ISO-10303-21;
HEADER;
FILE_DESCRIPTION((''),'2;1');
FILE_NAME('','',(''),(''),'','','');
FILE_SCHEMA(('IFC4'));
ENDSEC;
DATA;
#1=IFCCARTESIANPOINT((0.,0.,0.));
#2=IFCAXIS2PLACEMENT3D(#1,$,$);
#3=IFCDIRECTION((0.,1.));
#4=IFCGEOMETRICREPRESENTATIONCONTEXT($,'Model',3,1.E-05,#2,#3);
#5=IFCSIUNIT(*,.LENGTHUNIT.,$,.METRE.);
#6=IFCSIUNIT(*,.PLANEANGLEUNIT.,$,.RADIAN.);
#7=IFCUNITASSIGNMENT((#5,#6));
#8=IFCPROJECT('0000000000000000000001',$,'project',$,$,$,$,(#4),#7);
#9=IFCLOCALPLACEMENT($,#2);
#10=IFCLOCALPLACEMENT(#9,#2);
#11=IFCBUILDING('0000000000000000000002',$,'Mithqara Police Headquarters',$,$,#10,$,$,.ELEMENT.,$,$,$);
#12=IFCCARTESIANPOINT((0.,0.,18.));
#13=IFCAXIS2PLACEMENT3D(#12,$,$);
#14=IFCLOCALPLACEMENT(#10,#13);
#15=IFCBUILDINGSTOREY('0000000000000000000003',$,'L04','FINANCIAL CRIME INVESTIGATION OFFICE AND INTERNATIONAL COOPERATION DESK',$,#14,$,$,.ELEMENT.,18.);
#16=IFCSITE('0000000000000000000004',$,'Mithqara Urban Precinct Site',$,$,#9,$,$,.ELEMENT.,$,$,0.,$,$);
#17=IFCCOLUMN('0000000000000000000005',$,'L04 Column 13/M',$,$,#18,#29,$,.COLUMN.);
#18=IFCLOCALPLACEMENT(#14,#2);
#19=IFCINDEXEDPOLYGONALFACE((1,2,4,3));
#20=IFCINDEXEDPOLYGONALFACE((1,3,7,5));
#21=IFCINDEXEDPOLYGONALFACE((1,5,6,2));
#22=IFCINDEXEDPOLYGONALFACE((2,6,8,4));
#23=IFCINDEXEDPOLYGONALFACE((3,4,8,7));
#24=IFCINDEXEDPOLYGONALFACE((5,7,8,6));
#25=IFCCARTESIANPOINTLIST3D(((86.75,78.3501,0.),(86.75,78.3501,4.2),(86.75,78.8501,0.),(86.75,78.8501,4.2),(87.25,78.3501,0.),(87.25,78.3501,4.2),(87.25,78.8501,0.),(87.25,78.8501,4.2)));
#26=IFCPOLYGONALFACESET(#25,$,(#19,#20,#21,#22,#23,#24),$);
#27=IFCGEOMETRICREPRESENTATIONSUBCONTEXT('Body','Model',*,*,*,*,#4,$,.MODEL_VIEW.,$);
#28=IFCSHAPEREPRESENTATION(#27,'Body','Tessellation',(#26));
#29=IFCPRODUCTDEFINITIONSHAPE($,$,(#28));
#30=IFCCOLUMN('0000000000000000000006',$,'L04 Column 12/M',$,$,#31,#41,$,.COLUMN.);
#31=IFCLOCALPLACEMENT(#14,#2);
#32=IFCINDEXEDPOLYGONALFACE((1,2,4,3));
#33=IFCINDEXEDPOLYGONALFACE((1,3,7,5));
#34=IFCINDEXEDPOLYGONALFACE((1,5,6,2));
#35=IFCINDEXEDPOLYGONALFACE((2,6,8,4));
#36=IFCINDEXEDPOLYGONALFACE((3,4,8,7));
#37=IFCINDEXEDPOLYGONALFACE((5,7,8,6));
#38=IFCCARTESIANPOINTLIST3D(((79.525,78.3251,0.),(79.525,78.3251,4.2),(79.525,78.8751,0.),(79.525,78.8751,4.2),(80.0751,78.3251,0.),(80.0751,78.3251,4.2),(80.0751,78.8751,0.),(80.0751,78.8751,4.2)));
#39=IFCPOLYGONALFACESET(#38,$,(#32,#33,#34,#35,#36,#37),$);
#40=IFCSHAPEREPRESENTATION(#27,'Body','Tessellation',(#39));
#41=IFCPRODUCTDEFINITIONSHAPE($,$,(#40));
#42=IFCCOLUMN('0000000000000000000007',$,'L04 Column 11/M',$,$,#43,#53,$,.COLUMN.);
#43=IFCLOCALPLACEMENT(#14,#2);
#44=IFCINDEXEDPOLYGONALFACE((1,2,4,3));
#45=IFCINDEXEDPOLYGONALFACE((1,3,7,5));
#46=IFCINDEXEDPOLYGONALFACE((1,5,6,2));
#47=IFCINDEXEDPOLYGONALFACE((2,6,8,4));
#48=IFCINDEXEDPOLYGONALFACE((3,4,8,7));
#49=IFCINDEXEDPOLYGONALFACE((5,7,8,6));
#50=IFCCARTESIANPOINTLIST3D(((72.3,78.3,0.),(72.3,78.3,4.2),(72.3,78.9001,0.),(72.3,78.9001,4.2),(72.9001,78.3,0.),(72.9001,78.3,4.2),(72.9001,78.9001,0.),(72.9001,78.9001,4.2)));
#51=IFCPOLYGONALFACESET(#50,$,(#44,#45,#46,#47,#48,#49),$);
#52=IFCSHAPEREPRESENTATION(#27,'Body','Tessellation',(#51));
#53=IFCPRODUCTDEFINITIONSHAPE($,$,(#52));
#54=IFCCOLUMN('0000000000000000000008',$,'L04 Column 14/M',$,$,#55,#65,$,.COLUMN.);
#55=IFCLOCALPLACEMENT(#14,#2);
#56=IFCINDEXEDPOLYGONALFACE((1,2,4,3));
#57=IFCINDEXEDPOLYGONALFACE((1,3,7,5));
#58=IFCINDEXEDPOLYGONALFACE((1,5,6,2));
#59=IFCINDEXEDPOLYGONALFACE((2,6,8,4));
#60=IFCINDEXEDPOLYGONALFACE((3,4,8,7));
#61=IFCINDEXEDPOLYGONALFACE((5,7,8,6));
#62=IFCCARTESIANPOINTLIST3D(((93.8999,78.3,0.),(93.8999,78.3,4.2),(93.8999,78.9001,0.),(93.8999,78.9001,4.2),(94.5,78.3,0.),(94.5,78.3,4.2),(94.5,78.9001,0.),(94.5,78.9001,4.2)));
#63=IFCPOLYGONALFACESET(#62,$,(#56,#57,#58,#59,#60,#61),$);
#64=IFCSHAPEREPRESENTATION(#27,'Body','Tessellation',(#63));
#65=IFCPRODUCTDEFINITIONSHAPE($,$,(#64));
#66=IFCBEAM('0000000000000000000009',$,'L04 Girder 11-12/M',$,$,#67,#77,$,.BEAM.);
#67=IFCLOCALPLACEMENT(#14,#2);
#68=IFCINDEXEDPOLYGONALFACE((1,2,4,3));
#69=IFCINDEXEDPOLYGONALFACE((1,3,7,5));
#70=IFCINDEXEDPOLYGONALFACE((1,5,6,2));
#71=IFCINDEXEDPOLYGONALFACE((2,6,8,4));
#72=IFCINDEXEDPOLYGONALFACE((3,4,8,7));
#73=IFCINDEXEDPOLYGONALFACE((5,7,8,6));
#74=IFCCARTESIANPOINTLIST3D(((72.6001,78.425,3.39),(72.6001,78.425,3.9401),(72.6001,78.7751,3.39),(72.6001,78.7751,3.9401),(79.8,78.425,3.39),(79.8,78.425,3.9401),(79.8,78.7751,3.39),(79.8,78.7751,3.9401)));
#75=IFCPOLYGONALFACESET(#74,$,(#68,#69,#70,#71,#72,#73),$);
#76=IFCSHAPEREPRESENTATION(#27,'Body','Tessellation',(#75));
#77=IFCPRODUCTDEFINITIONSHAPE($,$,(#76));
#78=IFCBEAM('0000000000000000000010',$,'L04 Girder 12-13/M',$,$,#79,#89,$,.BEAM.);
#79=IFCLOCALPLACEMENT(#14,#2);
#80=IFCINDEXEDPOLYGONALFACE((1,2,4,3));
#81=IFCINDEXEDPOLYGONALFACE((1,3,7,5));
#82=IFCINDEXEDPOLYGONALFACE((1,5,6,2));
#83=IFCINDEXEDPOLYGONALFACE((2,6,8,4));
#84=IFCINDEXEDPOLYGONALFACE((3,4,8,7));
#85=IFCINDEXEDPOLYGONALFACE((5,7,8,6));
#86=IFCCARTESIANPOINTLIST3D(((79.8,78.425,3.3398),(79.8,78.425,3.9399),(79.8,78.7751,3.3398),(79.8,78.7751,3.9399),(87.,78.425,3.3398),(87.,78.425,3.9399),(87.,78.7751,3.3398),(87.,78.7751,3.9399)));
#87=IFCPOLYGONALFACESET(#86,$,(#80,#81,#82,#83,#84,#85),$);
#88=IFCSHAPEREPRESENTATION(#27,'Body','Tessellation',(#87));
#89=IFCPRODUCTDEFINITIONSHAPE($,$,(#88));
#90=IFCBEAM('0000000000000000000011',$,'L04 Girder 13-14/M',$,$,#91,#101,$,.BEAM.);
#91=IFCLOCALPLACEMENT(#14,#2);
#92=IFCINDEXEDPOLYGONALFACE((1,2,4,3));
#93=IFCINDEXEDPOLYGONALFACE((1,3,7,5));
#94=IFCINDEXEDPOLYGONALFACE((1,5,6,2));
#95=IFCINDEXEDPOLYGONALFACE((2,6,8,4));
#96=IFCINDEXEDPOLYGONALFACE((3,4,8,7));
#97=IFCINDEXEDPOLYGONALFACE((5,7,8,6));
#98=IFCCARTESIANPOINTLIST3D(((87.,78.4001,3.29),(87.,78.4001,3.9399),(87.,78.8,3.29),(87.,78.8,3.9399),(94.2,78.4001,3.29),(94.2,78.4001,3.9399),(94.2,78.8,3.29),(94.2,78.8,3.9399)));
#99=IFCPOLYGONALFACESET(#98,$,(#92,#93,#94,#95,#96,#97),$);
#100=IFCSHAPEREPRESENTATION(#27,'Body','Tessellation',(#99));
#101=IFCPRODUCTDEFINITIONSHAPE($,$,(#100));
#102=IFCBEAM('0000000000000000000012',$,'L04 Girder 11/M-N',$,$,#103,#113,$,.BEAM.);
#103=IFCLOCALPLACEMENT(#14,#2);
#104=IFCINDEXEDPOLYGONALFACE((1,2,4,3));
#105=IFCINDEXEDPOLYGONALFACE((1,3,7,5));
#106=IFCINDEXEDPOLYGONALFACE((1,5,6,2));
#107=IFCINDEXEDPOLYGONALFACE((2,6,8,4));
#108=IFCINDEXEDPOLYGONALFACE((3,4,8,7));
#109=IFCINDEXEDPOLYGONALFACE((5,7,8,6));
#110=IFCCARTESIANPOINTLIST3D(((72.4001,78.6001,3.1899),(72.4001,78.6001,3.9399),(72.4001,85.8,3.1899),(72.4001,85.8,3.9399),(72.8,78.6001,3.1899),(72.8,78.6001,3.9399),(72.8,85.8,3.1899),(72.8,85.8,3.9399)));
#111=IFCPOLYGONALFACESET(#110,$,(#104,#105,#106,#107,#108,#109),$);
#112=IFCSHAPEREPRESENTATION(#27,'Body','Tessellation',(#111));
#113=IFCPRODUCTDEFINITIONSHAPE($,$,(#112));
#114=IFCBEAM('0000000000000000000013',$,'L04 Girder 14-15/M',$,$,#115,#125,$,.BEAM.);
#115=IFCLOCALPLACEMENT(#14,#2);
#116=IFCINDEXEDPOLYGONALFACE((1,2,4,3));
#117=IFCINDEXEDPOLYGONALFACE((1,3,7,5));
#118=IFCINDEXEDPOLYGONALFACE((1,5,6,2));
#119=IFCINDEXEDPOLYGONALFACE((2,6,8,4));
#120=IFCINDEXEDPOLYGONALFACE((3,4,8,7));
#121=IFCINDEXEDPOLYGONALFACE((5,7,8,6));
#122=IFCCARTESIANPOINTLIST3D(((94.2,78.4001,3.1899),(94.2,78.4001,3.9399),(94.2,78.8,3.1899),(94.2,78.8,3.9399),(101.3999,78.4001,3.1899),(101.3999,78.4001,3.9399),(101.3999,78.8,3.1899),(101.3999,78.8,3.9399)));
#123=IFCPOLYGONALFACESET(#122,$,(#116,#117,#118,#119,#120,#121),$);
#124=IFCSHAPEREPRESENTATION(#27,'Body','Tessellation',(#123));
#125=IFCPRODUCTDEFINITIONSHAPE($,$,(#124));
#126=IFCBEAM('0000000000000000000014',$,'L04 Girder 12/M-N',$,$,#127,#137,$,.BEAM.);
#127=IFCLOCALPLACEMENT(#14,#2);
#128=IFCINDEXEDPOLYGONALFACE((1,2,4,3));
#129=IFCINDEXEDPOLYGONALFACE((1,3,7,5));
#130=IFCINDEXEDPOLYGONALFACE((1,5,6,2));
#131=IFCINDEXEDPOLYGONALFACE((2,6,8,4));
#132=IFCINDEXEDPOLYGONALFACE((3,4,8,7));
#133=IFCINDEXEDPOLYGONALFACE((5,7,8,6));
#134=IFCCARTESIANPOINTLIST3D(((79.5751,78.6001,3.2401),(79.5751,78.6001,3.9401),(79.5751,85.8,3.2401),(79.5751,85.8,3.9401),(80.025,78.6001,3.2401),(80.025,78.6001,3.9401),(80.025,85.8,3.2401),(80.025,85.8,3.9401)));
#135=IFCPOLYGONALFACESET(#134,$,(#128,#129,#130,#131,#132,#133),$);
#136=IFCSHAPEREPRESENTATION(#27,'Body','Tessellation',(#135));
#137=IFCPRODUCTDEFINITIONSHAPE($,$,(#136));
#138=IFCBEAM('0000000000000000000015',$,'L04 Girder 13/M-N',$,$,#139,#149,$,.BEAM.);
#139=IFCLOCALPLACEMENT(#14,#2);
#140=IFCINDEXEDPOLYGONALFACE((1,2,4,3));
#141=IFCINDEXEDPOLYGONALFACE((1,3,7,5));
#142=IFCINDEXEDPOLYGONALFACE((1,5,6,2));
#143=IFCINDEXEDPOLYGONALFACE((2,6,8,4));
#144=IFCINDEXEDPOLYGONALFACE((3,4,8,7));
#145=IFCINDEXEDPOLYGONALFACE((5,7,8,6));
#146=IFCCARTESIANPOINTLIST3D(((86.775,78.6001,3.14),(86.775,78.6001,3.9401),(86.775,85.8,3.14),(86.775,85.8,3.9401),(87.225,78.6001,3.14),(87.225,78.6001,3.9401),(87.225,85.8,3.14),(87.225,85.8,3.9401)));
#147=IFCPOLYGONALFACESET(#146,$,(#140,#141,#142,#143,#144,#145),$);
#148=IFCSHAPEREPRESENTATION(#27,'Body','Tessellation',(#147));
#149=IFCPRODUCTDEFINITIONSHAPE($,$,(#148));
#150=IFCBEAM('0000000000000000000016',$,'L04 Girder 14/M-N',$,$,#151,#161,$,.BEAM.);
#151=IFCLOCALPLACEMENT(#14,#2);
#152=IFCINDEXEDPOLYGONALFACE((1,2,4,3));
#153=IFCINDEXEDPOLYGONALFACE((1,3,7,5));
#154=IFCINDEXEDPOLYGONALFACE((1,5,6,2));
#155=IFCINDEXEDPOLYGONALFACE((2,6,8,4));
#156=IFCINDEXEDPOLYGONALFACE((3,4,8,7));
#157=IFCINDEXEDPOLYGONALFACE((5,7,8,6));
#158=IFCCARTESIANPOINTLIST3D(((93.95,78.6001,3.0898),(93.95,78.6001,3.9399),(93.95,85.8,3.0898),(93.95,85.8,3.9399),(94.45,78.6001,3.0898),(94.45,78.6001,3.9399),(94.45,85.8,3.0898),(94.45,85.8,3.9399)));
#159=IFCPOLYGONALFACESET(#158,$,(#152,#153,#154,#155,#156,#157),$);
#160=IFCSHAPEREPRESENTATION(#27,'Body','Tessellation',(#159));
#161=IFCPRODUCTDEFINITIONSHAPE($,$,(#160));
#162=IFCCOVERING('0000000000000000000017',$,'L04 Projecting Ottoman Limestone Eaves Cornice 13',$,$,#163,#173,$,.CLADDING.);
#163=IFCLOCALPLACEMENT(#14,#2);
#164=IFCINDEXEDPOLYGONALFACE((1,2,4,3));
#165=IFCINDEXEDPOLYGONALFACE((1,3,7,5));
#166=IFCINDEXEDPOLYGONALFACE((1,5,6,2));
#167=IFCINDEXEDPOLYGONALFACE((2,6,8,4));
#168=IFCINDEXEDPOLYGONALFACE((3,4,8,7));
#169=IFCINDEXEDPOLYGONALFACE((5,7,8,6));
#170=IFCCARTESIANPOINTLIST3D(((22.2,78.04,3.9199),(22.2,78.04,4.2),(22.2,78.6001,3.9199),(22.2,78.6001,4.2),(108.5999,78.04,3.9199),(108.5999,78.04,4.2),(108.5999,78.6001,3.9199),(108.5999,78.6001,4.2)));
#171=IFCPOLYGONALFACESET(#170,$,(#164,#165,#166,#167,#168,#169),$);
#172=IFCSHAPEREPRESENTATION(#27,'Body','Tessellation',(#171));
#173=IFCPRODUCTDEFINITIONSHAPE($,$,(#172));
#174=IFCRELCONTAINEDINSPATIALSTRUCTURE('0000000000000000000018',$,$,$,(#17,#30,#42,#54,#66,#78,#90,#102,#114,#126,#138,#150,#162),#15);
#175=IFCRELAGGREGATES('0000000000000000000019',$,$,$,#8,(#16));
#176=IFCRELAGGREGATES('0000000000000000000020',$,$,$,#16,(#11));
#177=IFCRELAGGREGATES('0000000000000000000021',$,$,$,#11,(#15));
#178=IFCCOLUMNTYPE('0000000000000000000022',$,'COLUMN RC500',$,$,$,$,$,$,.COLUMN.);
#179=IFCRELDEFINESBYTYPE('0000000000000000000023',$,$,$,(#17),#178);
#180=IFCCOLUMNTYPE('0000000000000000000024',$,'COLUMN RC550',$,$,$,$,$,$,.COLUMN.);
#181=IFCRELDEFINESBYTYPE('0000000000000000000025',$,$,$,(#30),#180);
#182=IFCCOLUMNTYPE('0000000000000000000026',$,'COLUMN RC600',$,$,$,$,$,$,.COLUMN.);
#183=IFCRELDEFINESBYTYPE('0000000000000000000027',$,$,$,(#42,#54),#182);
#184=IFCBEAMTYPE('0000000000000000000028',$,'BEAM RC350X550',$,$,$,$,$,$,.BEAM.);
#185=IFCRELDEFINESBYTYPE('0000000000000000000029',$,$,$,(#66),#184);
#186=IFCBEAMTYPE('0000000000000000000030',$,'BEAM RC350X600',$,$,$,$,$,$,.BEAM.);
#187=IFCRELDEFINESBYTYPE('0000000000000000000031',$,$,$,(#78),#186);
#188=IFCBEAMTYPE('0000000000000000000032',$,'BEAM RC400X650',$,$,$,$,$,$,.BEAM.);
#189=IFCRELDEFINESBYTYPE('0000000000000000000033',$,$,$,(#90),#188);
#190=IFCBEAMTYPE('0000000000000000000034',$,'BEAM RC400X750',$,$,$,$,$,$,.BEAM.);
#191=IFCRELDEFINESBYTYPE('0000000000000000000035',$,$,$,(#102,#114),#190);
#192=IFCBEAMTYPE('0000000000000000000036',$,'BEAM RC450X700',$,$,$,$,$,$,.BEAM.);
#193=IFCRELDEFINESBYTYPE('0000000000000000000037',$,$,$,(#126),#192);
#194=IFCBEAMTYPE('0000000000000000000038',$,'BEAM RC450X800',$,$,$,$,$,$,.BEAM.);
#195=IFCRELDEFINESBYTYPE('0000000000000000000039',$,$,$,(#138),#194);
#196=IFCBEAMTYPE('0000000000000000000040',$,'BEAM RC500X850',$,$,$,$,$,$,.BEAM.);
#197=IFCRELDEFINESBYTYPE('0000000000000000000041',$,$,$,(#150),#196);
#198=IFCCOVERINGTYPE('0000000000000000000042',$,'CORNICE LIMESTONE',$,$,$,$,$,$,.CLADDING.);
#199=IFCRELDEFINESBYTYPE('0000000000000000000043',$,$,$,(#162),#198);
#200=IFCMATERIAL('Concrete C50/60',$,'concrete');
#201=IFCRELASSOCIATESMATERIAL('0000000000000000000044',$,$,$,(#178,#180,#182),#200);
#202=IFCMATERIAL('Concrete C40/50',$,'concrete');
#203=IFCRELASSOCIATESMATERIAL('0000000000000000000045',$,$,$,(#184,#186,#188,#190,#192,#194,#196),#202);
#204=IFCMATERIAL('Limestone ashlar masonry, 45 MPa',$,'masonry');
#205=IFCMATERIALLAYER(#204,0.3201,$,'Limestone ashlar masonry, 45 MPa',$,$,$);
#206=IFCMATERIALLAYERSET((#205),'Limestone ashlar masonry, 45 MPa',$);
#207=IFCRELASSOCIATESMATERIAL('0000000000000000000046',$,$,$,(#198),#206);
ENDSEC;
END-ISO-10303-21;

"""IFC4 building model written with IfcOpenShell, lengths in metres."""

from ifc_helpers import new_model, si_unit, direction, frame, origin, origin_2d, place, context, subcontext, project, spatial, rectangle, extrude, material, layer, layer_set, material_profile, profile_set, type_object, element, save


model = new_model("IFC4")

# Units and contexts
model_context = context("Model", 3, precision=1e-05, world=origin(), true_north=direction((0.0, 1.0)))
body_context = subcontext(model_context, "Body", "Model", "MODEL_VIEW")
ifc_project = project(units=[si_unit("LENGTHUNIT", "METRE"), si_unit("PLANEANGLEUNIT", "RADIAN")], contexts=[model_context])

# Site, building, storey
site_placement = place(None, origin())
site = spatial("IfcSite", under=ifc_project, at=site_placement, Name="Mithqara Urban Precinct Site", CompositionType="ELEMENT", RefElevation=0.0)
building_placement = place(site_placement, origin())
building = spatial("IfcBuilding", under=site, at=building_placement, Name="Mithqara Police Headquarters", CompositionType="ELEMENT")
storey_placement = place(building_placement, frame((0.0, 0.0, 18.0)))
storey = spatial("IfcBuildingStorey", under=building, at=storey_placement, Name="L04", Description="FINANCIAL CRIME INVESTIGATION OFFICE AND INTERNATIONAL COOPERATION DESK", CompositionType="ELEMENT", Elevation=18.0)

# Columns
ifc_material_1 = material(Name="Concrete C50/60", Category="concrete")
ifc_material_profile_1 = material_profile(ifc_material_1, rectangle(XDim=0.5, YDim=0.5, at=origin_2d()), Name="RC 500x500")
ifc_profile_set_1 = profile_set([ifc_material_profile_1], Name="Concrete C50/60")
column_type_1 = type_object("IfcColumnType", Name="COLUMN RC500", PredefinedType="COLUMN", material=ifc_profile_set_1)
column_1_placement = place(storey_placement, frame((87.0, 78.6001, 0.0), z_axis=(0.0, 0.0, 1.0), x_axis=(1.0, 0.0, 0.0)))
element("IfcColumn", 1, at=column_1_placement, inside=storey, type_object=column_type_1, Name="L04 Column 13/M", PredefinedType="COLUMN", context=body_context, shape_type="SweptSolid", body=[
    extrude(rectangle(XDim=0.5, YDim=0.5, at=origin_2d()), origin(), (0.0, 0.0, 1.0), 4.2),
])
ifc_material_profile_2 = material_profile(ifc_material_1, rectangle(XDim=0.55, YDim=0.55, at=origin_2d()), Name="RC 550x550")
ifc_profile_set_2 = profile_set([ifc_material_profile_2], Name="Concrete C50/60")
column_type_2 = type_object("IfcColumnType", Name="COLUMN RC550", PredefinedType="COLUMN", material=ifc_profile_set_2)
column_2_placement = place(storey_placement, frame((79.8, 78.6001, 0.0), z_axis=(0.0, 0.0, 1.0), x_axis=(1.0, 0.0, 0.0)))
element("IfcColumn", 2, at=column_2_placement, inside=storey, type_object=column_type_2, Name="L04 Column 12/M", PredefinedType="COLUMN", context=body_context, shape_type="SweptSolid", body=[
    extrude(rectangle(XDim=0.55, YDim=0.55, at=origin_2d()), origin(), (0.0, 0.0, 1.0), 4.2),
])
ifc_material_profile_3 = material_profile(ifc_material_1, rectangle(XDim=0.6001, YDim=0.6001, at=origin_2d()), Name="RC 600x600")
ifc_profile_set_3 = profile_set([ifc_material_profile_3], Name="Concrete C50/60")
column_type_3 = type_object("IfcColumnType", Name="COLUMN RC600", PredefinedType="COLUMN", material=ifc_profile_set_3)
for number, where, z_axis, x_axis, name in (
    (3, (72.6001, 78.6001, 0.0), (0.0, 0.0, 1.0), (1.0, 0.0, 0.0), "L04 Column 11/M"),
    (4, (94.2, 78.6001, 0.0), (0.0, 0.0, 1.0), (1.0, 0.0, 0.0), "L04 Column 14/M"),
):
    element("IfcColumn", number, at=place(storey_placement, frame(where, z_axis=z_axis, x_axis=x_axis)), inside=storey, type_object=column_type_3, Name=name, PredefinedType="COLUMN", context=body_context, shape_type="SweptSolid", body=[
        extrude(rectangle(XDim=0.6001, YDim=0.6001, at=origin_2d()), origin(), (0.0, 0.0, 1.0), 4.2),
    ])

# Beams
ifc_material_2 = material(Name="Concrete C40/50", Category="concrete")
ifc_material_profile_4 = material_profile(ifc_material_2, rectangle(XDim=0.3501, YDim=0.55, at=origin_2d()), Name="RC 350x550")
ifc_profile_set_4 = profile_set([ifc_material_profile_4], Name="Concrete C40/50")
beam_type_1 = type_object("IfcBeamType", Name="BEAM RC350X550", PredefinedType="BEAM", material=ifc_profile_set_4)
beam_1_placement = place(storey_placement, frame((72.6001, 78.6001, 3.665), z_axis=(1.0, 0.0, 0.0), x_axis=(0.0, 1.0, 0.0)))
element("IfcBeam", 5, at=beam_1_placement, inside=storey, type_object=beam_type_1, Name="L04 Girder 11-12/M", PredefinedType="BEAM", context=body_context, shape_type="SweptSolid", body=[
    extrude(rectangle(XDim=0.3501, YDim=0.55, at=origin_2d()), origin(), (0.0, 0.0, 1.0), 7.2),
])
ifc_material_profile_5 = material_profile(ifc_material_2, rectangle(XDim=0.3501, YDim=0.6001, at=origin_2d()), Name="RC 350x600")
ifc_profile_set_5 = profile_set([ifc_material_profile_5], Name="Concrete C40/50")
beam_type_2 = type_object("IfcBeamType", Name="BEAM RC350X600", PredefinedType="BEAM", material=ifc_profile_set_5)
beam_2_placement = place(storey_placement, frame((79.8, 78.6001, 3.6399), z_axis=(1.0, 0.0, 0.0), x_axis=(0.0, 1.0, 0.0)))
element("IfcBeam", 6, at=beam_2_placement, inside=storey, type_object=beam_type_2, Name="L04 Girder 12-13/M", PredefinedType="BEAM", context=body_context, shape_type="SweptSolid", body=[
    extrude(rectangle(XDim=0.3501, YDim=0.6001, at=origin_2d()), origin(), (0.0, 0.0, 1.0), 7.2),
])
ifc_material_profile_6 = material_profile(ifc_material_2, rectangle(XDim=0.3999, YDim=0.6499, at=origin_2d()), Name="RC 400x650")
ifc_profile_set_6 = profile_set([ifc_material_profile_6], Name="Concrete C40/50")
beam_type_3 = type_object("IfcBeamType", Name="BEAM RC400X650", PredefinedType="BEAM", material=ifc_profile_set_6)
beam_3_placement = place(storey_placement, frame((87.0, 78.6001, 3.615), z_axis=(1.0, 0.0, 0.0), x_axis=(0.0, 1.0, 0.0)))
element("IfcBeam", 7, at=beam_3_placement, inside=storey, type_object=beam_type_3, Name="L04 Girder 13-14/M", PredefinedType="BEAM", context=body_context, shape_type="SweptSolid", body=[
    extrude(rectangle(XDim=0.3999, YDim=0.6499, at=origin_2d()), origin(), (0.0, 0.0, 1.0), 7.2),
])
ifc_material_profile_7 = material_profile(ifc_material_2, rectangle(XDim=0.3999, YDim=0.75, at=origin_2d()), Name="RC 400x750")
ifc_profile_set_7 = profile_set([ifc_material_profile_7], Name="Concrete C40/50")
beam_type_4 = type_object("IfcBeamType", Name="BEAM RC400X750", PredefinedType="BEAM", material=ifc_profile_set_7)
for number, where, z_axis, x_axis, name in (
    (8, (72.6001, 78.6001, 3.5649), (0.0, 1.0, 0.0), (-1.0, 0.0, 0.0), "L04 Girder 11/M-N"),
    (9, (94.2, 78.6001, 3.5649), (1.0, 0.0, 0.0), (0.0, 1.0, 0.0), "L04 Girder 14-15/M"),
):
    element("IfcBeam", number, at=place(storey_placement, frame(where, z_axis=z_axis, x_axis=x_axis)), inside=storey, type_object=beam_type_4, Name=name, PredefinedType="BEAM", context=body_context, shape_type="SweptSolid", body=[
        extrude(rectangle(XDim=0.3999, YDim=0.75, at=origin_2d()), origin(), (0.0, 0.0, 1.0), 7.2),
    ])
ifc_material_profile_8 = material_profile(ifc_material_2, rectangle(XDim=0.45, YDim=0.7, at=origin_2d()), Name="RC 450x700")
ifc_profile_set_8 = profile_set([ifc_material_profile_8], Name="Concrete C40/50")
beam_type_5 = type_object("IfcBeamType", Name="BEAM RC450X700", PredefinedType="BEAM", material=ifc_profile_set_8)
beam_4_placement = place(storey_placement, frame((79.8, 78.6001, 3.5901), z_axis=(0.0, 1.0, 0.0), x_axis=(-1.0, 0.0, 0.0)))
element("IfcBeam", 10, at=beam_4_placement, inside=storey, type_object=beam_type_5, Name="L04 Girder 12/M-N", PredefinedType="BEAM", context=body_context, shape_type="SweptSolid", body=[
    extrude(rectangle(XDim=0.45, YDim=0.7, at=origin_2d()), origin(), (0.0, 0.0, 1.0), 7.2),
])
ifc_material_profile_9 = material_profile(ifc_material_2, rectangle(XDim=0.45, YDim=0.8, at=origin_2d()), Name="RC 450x800")
ifc_profile_set_9 = profile_set([ifc_material_profile_9], Name="Concrete C40/50")
beam_type_6 = type_object("IfcBeamType", Name="BEAM RC450X800", PredefinedType="BEAM", material=ifc_profile_set_9)
beam_5_placement = place(storey_placement, frame((87.0, 78.6001, 3.54), z_axis=(0.0, 1.0, 0.0), x_axis=(-1.0, 0.0, 0.0)))
element("IfcBeam", 11, at=beam_5_placement, inside=storey, type_object=beam_type_6, Name="L04 Girder 13/M-N", PredefinedType="BEAM", context=body_context, shape_type="SweptSolid", body=[
    extrude(rectangle(XDim=0.45, YDim=0.8, at=origin_2d()), origin(), (0.0, 0.0, 1.0), 7.2),
])
ifc_material_profile_10 = material_profile(ifc_material_2, rectangle(XDim=0.5, YDim=0.8501, at=origin_2d()), Name="RC 500x850")
ifc_profile_set_10 = profile_set([ifc_material_profile_10], Name="Concrete C40/50")
beam_type_7 = type_object("IfcBeamType", Name="BEAM RC500X850", PredefinedType="BEAM", material=ifc_profile_set_10)
beam_6_placement = place(storey_placement, frame((94.2, 78.6001, 3.5149), z_axis=(0.0, 1.0, 0.0), x_axis=(-1.0, 0.0, 0.0)))
element("IfcBeam", 12, at=beam_6_placement, inside=storey, type_object=beam_type_7, Name="L04 Girder 14/M-N", PredefinedType="BEAM", context=body_context, shape_type="SweptSolid", body=[
    extrude(rectangle(XDim=0.5, YDim=0.8501, at=origin_2d()), origin(), (0.0, 0.0, 1.0), 7.2),
])

# Covering
ifc_material_3 = material(Name="Limestone ashlar masonry, 45 MPa", Category="masonry")
ifc_layer_1 = layer(ifc_material_3, 0.3201, Name="Limestone ashlar masonry, 45 MPa")
ifc_layer_set_1 = layer_set([ifc_layer_1], Name="Limestone ashlar masonry, 45 MPa")
covering_type_1 = type_object("IfcCoveringType", Name="CORNICE LIMESTONE", PredefinedType="CLADDING", material=ifc_layer_set_1)
covering_placement = place(storey_placement, frame((65.3999, 78.3201, 3.9199), z_axis=(0.0, 0.0, 1.0), x_axis=(1.0, 0.0, 0.0)))
element("IfcCovering", 13, at=covering_placement, inside=storey, type_object=covering_type_1, Name="L04 Projecting Ottoman Limestone Eaves Cornice 13", PredefinedType="CLADDING", context=body_context, shape_type="SweptSolid", body=[
    extrude(rectangle(XDim=86.3999, YDim=0.5601, at=origin_2d()), origin(), (0.0, 0.0, 1.0), 0.28),
])

save(model, "model.ifc")
